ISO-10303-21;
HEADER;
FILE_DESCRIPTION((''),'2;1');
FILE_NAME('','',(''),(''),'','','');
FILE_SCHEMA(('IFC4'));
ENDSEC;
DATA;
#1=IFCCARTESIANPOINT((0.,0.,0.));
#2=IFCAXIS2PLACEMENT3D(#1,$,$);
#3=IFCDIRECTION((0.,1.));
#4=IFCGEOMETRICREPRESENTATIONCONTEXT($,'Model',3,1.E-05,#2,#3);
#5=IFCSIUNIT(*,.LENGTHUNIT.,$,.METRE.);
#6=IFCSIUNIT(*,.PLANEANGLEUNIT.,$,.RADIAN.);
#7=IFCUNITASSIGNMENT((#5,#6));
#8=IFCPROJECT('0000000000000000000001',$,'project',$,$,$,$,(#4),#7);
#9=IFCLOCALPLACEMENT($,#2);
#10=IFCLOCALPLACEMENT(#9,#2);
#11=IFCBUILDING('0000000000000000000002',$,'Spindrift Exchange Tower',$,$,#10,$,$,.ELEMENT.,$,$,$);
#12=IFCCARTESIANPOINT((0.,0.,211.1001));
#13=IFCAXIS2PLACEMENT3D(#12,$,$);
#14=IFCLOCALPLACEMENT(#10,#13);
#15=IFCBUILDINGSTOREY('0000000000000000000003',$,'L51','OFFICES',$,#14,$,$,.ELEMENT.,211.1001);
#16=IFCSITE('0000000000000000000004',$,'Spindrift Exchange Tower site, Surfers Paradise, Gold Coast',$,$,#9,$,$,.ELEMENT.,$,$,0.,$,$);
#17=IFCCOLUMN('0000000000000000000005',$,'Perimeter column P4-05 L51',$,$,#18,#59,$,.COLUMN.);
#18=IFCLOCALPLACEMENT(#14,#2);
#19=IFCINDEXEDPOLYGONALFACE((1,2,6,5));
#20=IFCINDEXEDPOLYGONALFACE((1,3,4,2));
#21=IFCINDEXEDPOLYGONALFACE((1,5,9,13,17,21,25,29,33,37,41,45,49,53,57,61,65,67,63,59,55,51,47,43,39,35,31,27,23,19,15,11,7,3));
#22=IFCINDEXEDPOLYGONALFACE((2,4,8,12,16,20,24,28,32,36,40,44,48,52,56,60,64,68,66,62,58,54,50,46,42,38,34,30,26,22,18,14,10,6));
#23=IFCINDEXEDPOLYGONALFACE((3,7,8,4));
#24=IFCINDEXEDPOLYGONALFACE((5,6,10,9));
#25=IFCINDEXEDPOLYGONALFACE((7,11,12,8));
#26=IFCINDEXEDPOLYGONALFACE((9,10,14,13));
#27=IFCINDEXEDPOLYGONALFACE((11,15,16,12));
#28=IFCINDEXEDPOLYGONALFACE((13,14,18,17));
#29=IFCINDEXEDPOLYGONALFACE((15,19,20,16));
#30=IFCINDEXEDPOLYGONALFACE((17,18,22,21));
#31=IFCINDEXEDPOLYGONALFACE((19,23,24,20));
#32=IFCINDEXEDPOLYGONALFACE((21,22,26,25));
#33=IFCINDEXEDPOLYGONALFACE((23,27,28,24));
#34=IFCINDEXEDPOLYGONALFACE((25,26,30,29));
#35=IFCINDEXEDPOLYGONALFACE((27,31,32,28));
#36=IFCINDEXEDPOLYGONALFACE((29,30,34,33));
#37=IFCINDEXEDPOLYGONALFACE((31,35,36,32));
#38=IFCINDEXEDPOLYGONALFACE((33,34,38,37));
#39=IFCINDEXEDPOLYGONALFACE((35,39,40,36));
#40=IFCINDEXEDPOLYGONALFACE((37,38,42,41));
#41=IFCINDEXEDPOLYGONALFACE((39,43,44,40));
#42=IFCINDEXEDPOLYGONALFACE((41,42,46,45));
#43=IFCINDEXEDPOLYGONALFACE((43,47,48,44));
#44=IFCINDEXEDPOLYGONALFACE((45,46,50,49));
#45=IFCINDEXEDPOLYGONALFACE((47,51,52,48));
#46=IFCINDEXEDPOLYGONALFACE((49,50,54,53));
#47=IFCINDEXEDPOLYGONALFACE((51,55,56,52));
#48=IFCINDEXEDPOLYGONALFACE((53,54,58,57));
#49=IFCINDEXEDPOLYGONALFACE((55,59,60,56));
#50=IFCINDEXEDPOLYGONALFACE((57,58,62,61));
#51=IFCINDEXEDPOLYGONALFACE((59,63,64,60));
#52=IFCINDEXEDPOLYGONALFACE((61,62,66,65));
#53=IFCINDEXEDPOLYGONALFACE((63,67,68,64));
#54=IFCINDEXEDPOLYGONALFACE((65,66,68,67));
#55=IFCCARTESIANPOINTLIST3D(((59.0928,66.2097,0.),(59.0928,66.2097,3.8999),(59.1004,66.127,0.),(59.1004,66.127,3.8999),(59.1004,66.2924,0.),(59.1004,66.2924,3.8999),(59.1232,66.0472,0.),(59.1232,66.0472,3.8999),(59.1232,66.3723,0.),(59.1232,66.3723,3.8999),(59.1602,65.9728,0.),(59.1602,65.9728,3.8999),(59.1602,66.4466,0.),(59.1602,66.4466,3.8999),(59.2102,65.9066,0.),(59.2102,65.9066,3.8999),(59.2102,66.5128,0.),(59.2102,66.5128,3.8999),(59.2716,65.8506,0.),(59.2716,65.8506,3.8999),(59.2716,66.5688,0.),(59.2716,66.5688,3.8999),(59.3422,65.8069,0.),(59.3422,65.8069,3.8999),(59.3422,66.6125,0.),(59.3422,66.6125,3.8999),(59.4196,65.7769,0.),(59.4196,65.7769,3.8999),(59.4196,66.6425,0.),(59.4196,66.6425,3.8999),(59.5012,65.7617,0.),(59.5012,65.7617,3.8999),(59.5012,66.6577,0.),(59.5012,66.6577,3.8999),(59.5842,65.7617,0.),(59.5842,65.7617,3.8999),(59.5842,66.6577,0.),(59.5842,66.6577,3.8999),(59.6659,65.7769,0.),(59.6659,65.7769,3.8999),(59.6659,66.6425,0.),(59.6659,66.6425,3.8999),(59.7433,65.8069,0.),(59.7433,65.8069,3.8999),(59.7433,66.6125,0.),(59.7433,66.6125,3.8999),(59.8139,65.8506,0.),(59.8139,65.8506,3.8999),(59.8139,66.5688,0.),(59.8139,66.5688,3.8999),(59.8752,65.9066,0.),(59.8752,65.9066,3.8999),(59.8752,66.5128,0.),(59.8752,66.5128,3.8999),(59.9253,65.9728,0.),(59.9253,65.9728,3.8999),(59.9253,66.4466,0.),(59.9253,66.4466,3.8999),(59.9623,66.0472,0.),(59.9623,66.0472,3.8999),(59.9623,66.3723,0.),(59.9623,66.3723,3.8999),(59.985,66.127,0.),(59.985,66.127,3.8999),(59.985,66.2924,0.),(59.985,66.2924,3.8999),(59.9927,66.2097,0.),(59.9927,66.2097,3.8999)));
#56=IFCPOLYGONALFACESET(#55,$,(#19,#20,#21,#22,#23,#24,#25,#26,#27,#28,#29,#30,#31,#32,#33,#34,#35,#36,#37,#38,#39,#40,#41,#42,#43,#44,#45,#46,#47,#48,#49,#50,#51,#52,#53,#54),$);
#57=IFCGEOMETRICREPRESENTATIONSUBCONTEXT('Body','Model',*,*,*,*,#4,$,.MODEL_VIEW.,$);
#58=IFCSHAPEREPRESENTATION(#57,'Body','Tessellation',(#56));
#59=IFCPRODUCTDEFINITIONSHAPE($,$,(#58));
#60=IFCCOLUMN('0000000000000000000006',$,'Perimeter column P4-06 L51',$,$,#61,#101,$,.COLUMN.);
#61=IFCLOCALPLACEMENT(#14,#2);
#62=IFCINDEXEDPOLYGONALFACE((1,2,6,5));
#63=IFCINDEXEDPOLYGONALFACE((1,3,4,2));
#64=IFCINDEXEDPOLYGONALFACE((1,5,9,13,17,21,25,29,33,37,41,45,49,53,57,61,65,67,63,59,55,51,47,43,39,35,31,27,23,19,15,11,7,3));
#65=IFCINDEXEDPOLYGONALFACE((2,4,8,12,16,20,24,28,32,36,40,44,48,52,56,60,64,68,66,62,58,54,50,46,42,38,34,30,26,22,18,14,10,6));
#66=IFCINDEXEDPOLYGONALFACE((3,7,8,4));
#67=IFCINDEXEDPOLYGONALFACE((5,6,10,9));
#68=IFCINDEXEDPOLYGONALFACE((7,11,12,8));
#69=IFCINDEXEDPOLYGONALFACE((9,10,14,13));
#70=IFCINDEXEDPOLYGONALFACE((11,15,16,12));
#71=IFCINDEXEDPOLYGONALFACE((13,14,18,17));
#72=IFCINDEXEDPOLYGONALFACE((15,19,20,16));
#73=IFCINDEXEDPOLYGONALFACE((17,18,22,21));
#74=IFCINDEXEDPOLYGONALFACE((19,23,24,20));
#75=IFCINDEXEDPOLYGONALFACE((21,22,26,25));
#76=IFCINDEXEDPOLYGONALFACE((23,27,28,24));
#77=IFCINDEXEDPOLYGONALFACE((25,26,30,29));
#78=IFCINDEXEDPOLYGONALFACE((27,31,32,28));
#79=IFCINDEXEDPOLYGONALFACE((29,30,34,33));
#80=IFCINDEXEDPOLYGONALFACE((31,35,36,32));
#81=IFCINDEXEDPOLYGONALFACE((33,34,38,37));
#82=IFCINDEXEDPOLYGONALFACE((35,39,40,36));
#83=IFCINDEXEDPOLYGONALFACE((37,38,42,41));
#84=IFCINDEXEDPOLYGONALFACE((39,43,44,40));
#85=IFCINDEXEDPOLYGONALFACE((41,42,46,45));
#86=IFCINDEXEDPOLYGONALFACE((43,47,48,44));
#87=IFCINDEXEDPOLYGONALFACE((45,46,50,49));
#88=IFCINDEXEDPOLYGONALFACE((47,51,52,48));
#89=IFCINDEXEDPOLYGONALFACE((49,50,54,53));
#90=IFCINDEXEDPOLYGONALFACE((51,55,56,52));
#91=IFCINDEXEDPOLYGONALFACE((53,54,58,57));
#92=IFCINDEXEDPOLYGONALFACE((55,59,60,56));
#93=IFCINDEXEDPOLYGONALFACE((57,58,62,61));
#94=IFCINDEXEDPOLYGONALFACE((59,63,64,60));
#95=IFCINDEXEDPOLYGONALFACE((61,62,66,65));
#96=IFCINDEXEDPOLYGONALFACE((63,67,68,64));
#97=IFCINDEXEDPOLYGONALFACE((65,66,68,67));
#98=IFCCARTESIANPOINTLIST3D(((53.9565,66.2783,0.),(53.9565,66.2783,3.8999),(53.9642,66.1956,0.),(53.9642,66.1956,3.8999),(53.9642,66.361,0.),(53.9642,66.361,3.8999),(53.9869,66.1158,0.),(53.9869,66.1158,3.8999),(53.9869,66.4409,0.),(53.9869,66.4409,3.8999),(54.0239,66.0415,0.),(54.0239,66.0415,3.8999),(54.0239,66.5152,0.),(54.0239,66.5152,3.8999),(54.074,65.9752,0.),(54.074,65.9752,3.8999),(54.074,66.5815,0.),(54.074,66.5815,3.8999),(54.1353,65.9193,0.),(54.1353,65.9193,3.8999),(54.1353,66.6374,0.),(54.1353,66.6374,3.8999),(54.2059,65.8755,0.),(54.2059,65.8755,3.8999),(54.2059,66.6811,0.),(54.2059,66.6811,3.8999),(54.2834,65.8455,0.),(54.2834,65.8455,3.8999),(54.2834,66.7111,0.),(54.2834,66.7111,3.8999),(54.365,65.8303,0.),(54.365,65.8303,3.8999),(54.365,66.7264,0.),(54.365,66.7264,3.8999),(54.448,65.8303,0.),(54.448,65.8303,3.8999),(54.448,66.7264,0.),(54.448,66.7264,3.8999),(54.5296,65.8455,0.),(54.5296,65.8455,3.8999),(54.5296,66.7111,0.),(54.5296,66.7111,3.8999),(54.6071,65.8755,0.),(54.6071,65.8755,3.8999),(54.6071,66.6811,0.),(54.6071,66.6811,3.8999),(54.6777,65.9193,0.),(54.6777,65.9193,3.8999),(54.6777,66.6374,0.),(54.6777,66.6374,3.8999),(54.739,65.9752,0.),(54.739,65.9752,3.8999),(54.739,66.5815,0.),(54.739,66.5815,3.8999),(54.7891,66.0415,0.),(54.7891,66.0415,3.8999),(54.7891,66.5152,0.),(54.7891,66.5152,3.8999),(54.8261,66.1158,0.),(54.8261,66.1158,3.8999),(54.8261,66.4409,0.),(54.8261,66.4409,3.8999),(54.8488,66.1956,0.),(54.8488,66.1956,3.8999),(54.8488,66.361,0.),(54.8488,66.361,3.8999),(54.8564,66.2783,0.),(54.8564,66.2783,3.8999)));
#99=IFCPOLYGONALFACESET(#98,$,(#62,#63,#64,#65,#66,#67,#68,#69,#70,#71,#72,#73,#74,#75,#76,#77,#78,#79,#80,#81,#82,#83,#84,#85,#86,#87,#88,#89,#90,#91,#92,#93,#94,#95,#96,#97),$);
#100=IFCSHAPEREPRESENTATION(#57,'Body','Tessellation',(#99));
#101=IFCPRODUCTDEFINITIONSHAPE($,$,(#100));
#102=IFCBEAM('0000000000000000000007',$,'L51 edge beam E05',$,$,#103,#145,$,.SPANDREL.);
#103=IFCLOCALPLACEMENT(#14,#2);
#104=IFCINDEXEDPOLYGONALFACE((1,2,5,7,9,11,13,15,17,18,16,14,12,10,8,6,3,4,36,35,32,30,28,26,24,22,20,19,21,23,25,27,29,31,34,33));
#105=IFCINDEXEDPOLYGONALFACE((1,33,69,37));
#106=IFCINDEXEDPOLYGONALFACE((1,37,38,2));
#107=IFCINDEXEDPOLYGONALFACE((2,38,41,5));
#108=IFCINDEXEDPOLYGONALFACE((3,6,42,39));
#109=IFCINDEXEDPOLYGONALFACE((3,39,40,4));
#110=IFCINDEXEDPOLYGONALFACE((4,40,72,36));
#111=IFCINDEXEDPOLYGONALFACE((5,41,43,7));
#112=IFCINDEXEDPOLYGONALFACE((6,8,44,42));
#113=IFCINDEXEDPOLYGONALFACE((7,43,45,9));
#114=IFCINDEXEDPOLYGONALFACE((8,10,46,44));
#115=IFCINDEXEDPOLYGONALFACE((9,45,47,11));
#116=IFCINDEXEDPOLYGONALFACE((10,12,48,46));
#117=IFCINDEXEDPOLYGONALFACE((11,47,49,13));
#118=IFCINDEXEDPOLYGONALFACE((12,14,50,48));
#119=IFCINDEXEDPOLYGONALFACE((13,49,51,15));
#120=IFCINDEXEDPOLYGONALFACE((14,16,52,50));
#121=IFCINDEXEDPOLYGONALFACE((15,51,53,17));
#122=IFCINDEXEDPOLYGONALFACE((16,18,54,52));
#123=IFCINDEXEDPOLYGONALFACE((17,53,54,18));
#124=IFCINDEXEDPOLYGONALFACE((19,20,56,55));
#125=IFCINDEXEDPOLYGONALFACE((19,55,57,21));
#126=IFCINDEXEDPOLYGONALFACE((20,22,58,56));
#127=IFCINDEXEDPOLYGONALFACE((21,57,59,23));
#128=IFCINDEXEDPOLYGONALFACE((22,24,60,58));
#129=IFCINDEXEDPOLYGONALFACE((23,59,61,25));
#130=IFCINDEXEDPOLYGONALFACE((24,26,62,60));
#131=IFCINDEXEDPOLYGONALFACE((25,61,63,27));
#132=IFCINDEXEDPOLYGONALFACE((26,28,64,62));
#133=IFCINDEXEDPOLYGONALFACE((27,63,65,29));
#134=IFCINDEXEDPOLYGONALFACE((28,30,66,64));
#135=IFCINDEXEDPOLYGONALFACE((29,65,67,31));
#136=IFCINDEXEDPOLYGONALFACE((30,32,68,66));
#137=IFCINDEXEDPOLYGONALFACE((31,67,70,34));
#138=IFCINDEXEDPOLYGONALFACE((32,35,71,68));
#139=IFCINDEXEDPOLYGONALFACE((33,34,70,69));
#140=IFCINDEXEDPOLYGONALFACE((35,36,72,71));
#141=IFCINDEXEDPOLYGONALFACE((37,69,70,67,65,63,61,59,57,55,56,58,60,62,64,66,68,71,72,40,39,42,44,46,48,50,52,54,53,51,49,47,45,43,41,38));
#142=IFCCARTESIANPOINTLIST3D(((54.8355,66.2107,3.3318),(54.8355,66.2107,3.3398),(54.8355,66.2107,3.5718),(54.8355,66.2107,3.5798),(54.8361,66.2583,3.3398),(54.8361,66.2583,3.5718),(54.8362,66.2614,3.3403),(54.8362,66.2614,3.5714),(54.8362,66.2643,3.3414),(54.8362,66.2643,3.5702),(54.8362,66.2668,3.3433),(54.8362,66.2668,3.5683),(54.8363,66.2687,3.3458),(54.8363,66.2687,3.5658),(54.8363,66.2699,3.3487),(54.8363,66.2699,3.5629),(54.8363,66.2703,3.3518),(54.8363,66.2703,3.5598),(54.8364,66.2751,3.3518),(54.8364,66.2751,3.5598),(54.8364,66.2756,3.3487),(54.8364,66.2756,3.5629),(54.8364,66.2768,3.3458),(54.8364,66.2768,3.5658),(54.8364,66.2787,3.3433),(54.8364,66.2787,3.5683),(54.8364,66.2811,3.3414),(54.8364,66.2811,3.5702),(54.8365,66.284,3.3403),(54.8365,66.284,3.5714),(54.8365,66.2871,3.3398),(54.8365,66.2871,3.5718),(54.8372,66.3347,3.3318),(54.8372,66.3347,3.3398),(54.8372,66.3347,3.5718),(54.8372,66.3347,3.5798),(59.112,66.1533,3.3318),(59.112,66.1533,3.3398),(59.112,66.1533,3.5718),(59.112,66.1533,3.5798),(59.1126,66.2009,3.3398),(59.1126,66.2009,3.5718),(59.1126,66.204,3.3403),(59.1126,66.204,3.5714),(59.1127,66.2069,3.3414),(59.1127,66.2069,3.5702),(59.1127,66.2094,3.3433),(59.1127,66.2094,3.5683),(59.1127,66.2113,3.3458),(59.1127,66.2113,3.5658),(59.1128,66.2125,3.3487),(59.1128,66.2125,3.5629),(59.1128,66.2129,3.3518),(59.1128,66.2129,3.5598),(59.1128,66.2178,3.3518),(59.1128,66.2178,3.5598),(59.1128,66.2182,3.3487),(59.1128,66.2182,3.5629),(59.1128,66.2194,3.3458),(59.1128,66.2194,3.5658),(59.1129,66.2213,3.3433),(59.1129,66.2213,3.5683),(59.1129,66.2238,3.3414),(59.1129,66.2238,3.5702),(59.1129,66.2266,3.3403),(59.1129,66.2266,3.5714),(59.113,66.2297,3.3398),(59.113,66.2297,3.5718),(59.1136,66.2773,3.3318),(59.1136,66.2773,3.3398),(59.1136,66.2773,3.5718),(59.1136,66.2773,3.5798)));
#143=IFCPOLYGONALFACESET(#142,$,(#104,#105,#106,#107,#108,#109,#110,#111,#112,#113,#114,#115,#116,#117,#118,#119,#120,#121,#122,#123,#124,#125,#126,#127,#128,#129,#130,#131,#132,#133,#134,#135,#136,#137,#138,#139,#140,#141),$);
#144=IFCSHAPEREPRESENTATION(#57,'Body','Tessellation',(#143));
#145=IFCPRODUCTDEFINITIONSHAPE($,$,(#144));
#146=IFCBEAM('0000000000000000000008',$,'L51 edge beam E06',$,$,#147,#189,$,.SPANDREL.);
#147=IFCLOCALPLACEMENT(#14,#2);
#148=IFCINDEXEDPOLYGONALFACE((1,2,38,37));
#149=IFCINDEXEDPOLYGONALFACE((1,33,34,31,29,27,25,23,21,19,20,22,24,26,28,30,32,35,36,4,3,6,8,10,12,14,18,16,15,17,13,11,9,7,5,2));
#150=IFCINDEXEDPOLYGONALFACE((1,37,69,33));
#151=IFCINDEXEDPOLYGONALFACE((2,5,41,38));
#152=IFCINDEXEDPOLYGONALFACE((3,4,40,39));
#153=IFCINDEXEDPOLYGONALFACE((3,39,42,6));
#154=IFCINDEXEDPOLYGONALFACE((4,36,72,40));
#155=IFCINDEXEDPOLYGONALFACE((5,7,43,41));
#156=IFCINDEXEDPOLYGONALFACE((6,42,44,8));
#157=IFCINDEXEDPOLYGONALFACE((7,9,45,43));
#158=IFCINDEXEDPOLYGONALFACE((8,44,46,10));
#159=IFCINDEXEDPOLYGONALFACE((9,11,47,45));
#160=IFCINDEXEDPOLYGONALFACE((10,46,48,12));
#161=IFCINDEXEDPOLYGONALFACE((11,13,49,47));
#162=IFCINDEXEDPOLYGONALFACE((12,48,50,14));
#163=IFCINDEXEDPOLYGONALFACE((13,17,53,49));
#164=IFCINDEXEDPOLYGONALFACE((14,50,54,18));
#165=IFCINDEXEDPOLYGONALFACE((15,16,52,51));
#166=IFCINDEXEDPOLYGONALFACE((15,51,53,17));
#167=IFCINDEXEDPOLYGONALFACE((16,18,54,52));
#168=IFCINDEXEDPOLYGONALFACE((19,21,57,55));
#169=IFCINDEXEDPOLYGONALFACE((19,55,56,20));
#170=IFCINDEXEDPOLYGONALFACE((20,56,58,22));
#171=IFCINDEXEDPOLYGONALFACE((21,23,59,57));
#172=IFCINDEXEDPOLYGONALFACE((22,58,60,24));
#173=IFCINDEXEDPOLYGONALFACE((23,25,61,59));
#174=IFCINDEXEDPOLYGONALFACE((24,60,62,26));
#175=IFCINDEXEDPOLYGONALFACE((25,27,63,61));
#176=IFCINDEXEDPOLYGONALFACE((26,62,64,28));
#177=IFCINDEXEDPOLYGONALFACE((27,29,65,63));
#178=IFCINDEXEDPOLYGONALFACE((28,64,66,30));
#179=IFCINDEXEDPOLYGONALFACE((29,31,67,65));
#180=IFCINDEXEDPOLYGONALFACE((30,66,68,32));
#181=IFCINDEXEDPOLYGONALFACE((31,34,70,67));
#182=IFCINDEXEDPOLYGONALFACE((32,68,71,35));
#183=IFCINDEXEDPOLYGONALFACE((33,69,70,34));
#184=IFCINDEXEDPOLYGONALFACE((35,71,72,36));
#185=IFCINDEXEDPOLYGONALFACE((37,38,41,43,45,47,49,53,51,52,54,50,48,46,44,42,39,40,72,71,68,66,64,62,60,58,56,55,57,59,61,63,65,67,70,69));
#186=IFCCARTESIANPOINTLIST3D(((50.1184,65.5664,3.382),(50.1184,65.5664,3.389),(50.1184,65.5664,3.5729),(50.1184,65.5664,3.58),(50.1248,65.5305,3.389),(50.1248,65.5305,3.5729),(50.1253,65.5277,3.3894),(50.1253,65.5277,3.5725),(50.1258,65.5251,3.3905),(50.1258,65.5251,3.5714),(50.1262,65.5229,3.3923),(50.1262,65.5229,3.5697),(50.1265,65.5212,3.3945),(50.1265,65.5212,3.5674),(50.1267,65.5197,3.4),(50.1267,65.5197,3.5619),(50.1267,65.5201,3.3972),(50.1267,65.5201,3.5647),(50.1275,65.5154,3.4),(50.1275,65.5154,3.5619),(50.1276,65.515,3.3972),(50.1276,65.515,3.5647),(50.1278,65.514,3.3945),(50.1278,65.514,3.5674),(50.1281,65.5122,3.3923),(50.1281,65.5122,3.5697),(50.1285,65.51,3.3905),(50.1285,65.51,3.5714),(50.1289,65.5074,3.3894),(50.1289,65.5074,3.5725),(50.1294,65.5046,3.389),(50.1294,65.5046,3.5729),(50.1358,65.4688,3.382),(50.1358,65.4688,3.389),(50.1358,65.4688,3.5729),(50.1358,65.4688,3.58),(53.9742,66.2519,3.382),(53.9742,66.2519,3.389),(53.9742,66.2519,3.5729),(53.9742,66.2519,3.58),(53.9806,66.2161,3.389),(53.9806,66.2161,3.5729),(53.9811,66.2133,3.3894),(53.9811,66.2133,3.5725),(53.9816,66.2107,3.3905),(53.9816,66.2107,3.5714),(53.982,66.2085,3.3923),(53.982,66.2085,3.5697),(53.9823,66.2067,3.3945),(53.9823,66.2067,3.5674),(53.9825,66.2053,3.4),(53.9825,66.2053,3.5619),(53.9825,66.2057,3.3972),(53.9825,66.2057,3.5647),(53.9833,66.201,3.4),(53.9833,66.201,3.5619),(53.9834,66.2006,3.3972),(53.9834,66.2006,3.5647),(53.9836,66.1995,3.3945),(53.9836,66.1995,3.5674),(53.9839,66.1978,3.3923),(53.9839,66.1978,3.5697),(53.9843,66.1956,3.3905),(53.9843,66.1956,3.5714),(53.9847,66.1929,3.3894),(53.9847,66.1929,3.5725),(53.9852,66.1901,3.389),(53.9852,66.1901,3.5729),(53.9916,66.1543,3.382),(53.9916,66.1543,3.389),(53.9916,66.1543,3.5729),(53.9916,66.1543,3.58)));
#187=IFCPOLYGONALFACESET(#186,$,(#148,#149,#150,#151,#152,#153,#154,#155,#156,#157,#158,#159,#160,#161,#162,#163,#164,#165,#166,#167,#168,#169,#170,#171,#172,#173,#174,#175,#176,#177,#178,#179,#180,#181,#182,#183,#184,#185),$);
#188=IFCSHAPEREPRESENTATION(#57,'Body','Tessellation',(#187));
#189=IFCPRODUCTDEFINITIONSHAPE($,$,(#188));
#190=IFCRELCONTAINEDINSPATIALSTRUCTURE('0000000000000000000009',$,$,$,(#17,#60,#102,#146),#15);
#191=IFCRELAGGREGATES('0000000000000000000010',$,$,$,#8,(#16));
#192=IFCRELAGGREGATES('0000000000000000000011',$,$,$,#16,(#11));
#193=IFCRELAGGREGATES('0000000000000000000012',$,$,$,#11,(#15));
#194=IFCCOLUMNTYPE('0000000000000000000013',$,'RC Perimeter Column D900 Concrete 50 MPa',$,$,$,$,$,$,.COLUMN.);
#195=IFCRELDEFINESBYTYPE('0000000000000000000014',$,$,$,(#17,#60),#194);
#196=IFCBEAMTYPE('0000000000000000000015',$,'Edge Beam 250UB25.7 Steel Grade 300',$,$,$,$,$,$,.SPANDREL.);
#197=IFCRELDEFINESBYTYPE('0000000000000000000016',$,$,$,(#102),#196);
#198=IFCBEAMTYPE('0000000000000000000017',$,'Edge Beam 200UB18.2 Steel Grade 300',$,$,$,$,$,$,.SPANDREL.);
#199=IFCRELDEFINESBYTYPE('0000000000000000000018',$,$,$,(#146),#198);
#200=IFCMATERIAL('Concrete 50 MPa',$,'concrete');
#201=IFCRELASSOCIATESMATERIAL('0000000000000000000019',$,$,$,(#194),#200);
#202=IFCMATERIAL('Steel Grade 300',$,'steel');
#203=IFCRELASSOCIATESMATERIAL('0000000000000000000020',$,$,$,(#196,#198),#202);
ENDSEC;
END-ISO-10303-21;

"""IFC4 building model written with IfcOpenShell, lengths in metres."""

from ifc_helpers import new_model, si_unit, direction, frame, origin, origin_2d, place, context, subcontext, project, spatial, circle, i_section, extrude, source, transform, mapped, material, material_profile, profile_set, type_object, element, save


model = new_model("IFC4")

# Units and contexts
model_context = context("Model", 3, precision=1e-05, world=origin(), true_north=direction((0.0, 1.0)))
body_context = subcontext(model_context, "Body", "Model", "MODEL_VIEW")
ifc_project = project(units=[si_unit("LENGTHUNIT", "METRE"), si_unit("PLANEANGLEUNIT", "RADIAN")], contexts=[model_context])

# Site, building, storey
site_placement = place(None, origin())
site = spatial("IfcSite", under=ifc_project, at=site_placement, Name="Spindrift Exchange Tower site, Surfers Paradise, Gold Coast", CompositionType="ELEMENT", RefElevation=0.0)
building_placement = place(site_placement, origin())
building = spatial("IfcBuilding", under=site, at=building_placement, Name="Spindrift Exchange Tower", CompositionType="ELEMENT")
storey_placement = place(building_placement, frame((0.0, 0.0, 211.1001)))
storey = spatial("IfcBuildingStorey", under=building, at=storey_placement, Name="L51", Description="OFFICES", CompositionType="ELEMENT", Elevation=211.1001)

# Columns
ifc_material_1 = material(Name="Concrete 50 MPa", Category="concrete")
ifc_material_profile_1 = material_profile(ifc_material_1, circle(Radius=0.45, at=origin_2d()), Name="RC D900")
ifc_profile_set_1 = profile_set([ifc_material_profile_1], Name="Concrete 50 MPa")
column_type = type_object("IfcColumnType", Name="RC Perimeter Column D900 Concrete 50 MPa", PredefinedType="COLUMN", material=ifc_profile_set_1)
shared_shape_1 = source(origin(), body_context, "Body", "SweptSolid", [
    extrude(circle(Radius=0.45, at=origin_2d()), origin(), (0.0, 0.0, 1.0), 3.8999),
])
for number, where, z_axis, x_axis, name in (
    (1, (59.5427, 66.2097, 0.0), (0.0, 0.0, 1.0), (1.0, 0.0, 0.0), "Perimeter column P4-05 L51"),
    (2, (54.4065, 66.2783, 0.0), (0.0, 0.0, 1.0), (1.0, 0.0, 0.0), "Perimeter column P4-06 L51"),
):
    element("IfcColumn", number, at=place(storey_placement, frame(where, z_axis=z_axis, x_axis=x_axis)), inside=storey, type_object=column_type, Name=name, PredefinedType="COLUMN", context=body_context, shape_type="MappedRepresentation", body=[
        mapped(shared_shape_1, transform((0.0, 0.0, 0.0), scale=1.0)),
    ])

# Beams
ifc_material_2 = material(Name="Steel Grade 300", Category="steel")
ifc_material_profile_2 = material_profile(ifc_material_2, i_section(OverallWidth=0.124, OverallDepth=0.248, WebThickness=0.0049, FlangeThickness=0.0081, FilletRadius=0.012, at=origin_2d()), Name="250UB25.7")
ifc_profile_set_2 = profile_set([ifc_material_profile_2], Name="Steel Grade 300")
beam_type_1 = type_object("IfcBeamType", Name="Edge Beam 250UB25.7 Steel Grade 300", PredefinedType="SPANDREL", material=ifc_profile_set_2)
shared_shape_2 = source(origin(), body_context, "Body", "SweptSolid", [
    extrude(i_section(OverallWidth=0.124, OverallDepth=0.248, WebThickness=0.0049, FlangeThickness=0.0081, FilletRadius=0.012, at=origin_2d()), origin(), (0.0, 0.0, 1.0), 4.2769),
])
beam_1_placement = place(storey_placement, frame((59.1128, 66.2153, 3.4558), z_axis=(-0.99991, 0.013415, 0.0), x_axis=(-0.013415, -0.99991, 0.0)))
element("IfcBeam", 3, at=beam_1_placement, inside=storey, type_object=beam_type_1, Name="L51 edge beam E05", PredefinedType="SPANDREL", context=body_context, shape_type="MappedRepresentation", body=[
    mapped(shared_shape_2, transform((0.0, 0.0, 0.0), scale=1.0)),
])
ifc_material_profile_3 = material_profile(ifc_material_2, i_section(OverallWidth=0.0991, OverallDepth=0.198, WebThickness=0.0044, FlangeThickness=0.0071, FilletRadius=0.011, at=origin_2d()), Name="200UB18.2")
ifc_profile_set_3 = profile_set([ifc_material_profile_3], Name="Steel Grade 300")
beam_type_2 = type_object("IfcBeamType", Name="Edge Beam 200UB18.2 Steel Grade 300", PredefinedType="SPANDREL", material=ifc_profile_set_3)
shared_shape_3 = source(origin(), body_context, "Body", "SweptSolid", [
    extrude(i_section(OverallWidth=0.0991, OverallDepth=0.198, WebThickness=0.0044, FlangeThickness=0.0071, FilletRadius=0.011, at=origin_2d()), origin(), (0.0, 0.0, 1.0), 3.9163),
])
beam_2_placement = place(storey_placement, frame((53.9829, 66.2031, 3.481), z_axis=(-0.984559, -0.175055, 0.0), x_axis=(0.175055, -0.984559, 0.0)))
element("IfcBeam", 4, at=beam_2_placement, inside=storey, type_object=beam_type_2, Name="L51 edge beam E06", PredefinedType="SPANDREL", context=body_context, shape_type="MappedRepresentation", body=[
    mapped(shared_shape_3, transform((0.0, 0.0, 0.0), scale=1.0)),
])

save(model, "model.ifc")
